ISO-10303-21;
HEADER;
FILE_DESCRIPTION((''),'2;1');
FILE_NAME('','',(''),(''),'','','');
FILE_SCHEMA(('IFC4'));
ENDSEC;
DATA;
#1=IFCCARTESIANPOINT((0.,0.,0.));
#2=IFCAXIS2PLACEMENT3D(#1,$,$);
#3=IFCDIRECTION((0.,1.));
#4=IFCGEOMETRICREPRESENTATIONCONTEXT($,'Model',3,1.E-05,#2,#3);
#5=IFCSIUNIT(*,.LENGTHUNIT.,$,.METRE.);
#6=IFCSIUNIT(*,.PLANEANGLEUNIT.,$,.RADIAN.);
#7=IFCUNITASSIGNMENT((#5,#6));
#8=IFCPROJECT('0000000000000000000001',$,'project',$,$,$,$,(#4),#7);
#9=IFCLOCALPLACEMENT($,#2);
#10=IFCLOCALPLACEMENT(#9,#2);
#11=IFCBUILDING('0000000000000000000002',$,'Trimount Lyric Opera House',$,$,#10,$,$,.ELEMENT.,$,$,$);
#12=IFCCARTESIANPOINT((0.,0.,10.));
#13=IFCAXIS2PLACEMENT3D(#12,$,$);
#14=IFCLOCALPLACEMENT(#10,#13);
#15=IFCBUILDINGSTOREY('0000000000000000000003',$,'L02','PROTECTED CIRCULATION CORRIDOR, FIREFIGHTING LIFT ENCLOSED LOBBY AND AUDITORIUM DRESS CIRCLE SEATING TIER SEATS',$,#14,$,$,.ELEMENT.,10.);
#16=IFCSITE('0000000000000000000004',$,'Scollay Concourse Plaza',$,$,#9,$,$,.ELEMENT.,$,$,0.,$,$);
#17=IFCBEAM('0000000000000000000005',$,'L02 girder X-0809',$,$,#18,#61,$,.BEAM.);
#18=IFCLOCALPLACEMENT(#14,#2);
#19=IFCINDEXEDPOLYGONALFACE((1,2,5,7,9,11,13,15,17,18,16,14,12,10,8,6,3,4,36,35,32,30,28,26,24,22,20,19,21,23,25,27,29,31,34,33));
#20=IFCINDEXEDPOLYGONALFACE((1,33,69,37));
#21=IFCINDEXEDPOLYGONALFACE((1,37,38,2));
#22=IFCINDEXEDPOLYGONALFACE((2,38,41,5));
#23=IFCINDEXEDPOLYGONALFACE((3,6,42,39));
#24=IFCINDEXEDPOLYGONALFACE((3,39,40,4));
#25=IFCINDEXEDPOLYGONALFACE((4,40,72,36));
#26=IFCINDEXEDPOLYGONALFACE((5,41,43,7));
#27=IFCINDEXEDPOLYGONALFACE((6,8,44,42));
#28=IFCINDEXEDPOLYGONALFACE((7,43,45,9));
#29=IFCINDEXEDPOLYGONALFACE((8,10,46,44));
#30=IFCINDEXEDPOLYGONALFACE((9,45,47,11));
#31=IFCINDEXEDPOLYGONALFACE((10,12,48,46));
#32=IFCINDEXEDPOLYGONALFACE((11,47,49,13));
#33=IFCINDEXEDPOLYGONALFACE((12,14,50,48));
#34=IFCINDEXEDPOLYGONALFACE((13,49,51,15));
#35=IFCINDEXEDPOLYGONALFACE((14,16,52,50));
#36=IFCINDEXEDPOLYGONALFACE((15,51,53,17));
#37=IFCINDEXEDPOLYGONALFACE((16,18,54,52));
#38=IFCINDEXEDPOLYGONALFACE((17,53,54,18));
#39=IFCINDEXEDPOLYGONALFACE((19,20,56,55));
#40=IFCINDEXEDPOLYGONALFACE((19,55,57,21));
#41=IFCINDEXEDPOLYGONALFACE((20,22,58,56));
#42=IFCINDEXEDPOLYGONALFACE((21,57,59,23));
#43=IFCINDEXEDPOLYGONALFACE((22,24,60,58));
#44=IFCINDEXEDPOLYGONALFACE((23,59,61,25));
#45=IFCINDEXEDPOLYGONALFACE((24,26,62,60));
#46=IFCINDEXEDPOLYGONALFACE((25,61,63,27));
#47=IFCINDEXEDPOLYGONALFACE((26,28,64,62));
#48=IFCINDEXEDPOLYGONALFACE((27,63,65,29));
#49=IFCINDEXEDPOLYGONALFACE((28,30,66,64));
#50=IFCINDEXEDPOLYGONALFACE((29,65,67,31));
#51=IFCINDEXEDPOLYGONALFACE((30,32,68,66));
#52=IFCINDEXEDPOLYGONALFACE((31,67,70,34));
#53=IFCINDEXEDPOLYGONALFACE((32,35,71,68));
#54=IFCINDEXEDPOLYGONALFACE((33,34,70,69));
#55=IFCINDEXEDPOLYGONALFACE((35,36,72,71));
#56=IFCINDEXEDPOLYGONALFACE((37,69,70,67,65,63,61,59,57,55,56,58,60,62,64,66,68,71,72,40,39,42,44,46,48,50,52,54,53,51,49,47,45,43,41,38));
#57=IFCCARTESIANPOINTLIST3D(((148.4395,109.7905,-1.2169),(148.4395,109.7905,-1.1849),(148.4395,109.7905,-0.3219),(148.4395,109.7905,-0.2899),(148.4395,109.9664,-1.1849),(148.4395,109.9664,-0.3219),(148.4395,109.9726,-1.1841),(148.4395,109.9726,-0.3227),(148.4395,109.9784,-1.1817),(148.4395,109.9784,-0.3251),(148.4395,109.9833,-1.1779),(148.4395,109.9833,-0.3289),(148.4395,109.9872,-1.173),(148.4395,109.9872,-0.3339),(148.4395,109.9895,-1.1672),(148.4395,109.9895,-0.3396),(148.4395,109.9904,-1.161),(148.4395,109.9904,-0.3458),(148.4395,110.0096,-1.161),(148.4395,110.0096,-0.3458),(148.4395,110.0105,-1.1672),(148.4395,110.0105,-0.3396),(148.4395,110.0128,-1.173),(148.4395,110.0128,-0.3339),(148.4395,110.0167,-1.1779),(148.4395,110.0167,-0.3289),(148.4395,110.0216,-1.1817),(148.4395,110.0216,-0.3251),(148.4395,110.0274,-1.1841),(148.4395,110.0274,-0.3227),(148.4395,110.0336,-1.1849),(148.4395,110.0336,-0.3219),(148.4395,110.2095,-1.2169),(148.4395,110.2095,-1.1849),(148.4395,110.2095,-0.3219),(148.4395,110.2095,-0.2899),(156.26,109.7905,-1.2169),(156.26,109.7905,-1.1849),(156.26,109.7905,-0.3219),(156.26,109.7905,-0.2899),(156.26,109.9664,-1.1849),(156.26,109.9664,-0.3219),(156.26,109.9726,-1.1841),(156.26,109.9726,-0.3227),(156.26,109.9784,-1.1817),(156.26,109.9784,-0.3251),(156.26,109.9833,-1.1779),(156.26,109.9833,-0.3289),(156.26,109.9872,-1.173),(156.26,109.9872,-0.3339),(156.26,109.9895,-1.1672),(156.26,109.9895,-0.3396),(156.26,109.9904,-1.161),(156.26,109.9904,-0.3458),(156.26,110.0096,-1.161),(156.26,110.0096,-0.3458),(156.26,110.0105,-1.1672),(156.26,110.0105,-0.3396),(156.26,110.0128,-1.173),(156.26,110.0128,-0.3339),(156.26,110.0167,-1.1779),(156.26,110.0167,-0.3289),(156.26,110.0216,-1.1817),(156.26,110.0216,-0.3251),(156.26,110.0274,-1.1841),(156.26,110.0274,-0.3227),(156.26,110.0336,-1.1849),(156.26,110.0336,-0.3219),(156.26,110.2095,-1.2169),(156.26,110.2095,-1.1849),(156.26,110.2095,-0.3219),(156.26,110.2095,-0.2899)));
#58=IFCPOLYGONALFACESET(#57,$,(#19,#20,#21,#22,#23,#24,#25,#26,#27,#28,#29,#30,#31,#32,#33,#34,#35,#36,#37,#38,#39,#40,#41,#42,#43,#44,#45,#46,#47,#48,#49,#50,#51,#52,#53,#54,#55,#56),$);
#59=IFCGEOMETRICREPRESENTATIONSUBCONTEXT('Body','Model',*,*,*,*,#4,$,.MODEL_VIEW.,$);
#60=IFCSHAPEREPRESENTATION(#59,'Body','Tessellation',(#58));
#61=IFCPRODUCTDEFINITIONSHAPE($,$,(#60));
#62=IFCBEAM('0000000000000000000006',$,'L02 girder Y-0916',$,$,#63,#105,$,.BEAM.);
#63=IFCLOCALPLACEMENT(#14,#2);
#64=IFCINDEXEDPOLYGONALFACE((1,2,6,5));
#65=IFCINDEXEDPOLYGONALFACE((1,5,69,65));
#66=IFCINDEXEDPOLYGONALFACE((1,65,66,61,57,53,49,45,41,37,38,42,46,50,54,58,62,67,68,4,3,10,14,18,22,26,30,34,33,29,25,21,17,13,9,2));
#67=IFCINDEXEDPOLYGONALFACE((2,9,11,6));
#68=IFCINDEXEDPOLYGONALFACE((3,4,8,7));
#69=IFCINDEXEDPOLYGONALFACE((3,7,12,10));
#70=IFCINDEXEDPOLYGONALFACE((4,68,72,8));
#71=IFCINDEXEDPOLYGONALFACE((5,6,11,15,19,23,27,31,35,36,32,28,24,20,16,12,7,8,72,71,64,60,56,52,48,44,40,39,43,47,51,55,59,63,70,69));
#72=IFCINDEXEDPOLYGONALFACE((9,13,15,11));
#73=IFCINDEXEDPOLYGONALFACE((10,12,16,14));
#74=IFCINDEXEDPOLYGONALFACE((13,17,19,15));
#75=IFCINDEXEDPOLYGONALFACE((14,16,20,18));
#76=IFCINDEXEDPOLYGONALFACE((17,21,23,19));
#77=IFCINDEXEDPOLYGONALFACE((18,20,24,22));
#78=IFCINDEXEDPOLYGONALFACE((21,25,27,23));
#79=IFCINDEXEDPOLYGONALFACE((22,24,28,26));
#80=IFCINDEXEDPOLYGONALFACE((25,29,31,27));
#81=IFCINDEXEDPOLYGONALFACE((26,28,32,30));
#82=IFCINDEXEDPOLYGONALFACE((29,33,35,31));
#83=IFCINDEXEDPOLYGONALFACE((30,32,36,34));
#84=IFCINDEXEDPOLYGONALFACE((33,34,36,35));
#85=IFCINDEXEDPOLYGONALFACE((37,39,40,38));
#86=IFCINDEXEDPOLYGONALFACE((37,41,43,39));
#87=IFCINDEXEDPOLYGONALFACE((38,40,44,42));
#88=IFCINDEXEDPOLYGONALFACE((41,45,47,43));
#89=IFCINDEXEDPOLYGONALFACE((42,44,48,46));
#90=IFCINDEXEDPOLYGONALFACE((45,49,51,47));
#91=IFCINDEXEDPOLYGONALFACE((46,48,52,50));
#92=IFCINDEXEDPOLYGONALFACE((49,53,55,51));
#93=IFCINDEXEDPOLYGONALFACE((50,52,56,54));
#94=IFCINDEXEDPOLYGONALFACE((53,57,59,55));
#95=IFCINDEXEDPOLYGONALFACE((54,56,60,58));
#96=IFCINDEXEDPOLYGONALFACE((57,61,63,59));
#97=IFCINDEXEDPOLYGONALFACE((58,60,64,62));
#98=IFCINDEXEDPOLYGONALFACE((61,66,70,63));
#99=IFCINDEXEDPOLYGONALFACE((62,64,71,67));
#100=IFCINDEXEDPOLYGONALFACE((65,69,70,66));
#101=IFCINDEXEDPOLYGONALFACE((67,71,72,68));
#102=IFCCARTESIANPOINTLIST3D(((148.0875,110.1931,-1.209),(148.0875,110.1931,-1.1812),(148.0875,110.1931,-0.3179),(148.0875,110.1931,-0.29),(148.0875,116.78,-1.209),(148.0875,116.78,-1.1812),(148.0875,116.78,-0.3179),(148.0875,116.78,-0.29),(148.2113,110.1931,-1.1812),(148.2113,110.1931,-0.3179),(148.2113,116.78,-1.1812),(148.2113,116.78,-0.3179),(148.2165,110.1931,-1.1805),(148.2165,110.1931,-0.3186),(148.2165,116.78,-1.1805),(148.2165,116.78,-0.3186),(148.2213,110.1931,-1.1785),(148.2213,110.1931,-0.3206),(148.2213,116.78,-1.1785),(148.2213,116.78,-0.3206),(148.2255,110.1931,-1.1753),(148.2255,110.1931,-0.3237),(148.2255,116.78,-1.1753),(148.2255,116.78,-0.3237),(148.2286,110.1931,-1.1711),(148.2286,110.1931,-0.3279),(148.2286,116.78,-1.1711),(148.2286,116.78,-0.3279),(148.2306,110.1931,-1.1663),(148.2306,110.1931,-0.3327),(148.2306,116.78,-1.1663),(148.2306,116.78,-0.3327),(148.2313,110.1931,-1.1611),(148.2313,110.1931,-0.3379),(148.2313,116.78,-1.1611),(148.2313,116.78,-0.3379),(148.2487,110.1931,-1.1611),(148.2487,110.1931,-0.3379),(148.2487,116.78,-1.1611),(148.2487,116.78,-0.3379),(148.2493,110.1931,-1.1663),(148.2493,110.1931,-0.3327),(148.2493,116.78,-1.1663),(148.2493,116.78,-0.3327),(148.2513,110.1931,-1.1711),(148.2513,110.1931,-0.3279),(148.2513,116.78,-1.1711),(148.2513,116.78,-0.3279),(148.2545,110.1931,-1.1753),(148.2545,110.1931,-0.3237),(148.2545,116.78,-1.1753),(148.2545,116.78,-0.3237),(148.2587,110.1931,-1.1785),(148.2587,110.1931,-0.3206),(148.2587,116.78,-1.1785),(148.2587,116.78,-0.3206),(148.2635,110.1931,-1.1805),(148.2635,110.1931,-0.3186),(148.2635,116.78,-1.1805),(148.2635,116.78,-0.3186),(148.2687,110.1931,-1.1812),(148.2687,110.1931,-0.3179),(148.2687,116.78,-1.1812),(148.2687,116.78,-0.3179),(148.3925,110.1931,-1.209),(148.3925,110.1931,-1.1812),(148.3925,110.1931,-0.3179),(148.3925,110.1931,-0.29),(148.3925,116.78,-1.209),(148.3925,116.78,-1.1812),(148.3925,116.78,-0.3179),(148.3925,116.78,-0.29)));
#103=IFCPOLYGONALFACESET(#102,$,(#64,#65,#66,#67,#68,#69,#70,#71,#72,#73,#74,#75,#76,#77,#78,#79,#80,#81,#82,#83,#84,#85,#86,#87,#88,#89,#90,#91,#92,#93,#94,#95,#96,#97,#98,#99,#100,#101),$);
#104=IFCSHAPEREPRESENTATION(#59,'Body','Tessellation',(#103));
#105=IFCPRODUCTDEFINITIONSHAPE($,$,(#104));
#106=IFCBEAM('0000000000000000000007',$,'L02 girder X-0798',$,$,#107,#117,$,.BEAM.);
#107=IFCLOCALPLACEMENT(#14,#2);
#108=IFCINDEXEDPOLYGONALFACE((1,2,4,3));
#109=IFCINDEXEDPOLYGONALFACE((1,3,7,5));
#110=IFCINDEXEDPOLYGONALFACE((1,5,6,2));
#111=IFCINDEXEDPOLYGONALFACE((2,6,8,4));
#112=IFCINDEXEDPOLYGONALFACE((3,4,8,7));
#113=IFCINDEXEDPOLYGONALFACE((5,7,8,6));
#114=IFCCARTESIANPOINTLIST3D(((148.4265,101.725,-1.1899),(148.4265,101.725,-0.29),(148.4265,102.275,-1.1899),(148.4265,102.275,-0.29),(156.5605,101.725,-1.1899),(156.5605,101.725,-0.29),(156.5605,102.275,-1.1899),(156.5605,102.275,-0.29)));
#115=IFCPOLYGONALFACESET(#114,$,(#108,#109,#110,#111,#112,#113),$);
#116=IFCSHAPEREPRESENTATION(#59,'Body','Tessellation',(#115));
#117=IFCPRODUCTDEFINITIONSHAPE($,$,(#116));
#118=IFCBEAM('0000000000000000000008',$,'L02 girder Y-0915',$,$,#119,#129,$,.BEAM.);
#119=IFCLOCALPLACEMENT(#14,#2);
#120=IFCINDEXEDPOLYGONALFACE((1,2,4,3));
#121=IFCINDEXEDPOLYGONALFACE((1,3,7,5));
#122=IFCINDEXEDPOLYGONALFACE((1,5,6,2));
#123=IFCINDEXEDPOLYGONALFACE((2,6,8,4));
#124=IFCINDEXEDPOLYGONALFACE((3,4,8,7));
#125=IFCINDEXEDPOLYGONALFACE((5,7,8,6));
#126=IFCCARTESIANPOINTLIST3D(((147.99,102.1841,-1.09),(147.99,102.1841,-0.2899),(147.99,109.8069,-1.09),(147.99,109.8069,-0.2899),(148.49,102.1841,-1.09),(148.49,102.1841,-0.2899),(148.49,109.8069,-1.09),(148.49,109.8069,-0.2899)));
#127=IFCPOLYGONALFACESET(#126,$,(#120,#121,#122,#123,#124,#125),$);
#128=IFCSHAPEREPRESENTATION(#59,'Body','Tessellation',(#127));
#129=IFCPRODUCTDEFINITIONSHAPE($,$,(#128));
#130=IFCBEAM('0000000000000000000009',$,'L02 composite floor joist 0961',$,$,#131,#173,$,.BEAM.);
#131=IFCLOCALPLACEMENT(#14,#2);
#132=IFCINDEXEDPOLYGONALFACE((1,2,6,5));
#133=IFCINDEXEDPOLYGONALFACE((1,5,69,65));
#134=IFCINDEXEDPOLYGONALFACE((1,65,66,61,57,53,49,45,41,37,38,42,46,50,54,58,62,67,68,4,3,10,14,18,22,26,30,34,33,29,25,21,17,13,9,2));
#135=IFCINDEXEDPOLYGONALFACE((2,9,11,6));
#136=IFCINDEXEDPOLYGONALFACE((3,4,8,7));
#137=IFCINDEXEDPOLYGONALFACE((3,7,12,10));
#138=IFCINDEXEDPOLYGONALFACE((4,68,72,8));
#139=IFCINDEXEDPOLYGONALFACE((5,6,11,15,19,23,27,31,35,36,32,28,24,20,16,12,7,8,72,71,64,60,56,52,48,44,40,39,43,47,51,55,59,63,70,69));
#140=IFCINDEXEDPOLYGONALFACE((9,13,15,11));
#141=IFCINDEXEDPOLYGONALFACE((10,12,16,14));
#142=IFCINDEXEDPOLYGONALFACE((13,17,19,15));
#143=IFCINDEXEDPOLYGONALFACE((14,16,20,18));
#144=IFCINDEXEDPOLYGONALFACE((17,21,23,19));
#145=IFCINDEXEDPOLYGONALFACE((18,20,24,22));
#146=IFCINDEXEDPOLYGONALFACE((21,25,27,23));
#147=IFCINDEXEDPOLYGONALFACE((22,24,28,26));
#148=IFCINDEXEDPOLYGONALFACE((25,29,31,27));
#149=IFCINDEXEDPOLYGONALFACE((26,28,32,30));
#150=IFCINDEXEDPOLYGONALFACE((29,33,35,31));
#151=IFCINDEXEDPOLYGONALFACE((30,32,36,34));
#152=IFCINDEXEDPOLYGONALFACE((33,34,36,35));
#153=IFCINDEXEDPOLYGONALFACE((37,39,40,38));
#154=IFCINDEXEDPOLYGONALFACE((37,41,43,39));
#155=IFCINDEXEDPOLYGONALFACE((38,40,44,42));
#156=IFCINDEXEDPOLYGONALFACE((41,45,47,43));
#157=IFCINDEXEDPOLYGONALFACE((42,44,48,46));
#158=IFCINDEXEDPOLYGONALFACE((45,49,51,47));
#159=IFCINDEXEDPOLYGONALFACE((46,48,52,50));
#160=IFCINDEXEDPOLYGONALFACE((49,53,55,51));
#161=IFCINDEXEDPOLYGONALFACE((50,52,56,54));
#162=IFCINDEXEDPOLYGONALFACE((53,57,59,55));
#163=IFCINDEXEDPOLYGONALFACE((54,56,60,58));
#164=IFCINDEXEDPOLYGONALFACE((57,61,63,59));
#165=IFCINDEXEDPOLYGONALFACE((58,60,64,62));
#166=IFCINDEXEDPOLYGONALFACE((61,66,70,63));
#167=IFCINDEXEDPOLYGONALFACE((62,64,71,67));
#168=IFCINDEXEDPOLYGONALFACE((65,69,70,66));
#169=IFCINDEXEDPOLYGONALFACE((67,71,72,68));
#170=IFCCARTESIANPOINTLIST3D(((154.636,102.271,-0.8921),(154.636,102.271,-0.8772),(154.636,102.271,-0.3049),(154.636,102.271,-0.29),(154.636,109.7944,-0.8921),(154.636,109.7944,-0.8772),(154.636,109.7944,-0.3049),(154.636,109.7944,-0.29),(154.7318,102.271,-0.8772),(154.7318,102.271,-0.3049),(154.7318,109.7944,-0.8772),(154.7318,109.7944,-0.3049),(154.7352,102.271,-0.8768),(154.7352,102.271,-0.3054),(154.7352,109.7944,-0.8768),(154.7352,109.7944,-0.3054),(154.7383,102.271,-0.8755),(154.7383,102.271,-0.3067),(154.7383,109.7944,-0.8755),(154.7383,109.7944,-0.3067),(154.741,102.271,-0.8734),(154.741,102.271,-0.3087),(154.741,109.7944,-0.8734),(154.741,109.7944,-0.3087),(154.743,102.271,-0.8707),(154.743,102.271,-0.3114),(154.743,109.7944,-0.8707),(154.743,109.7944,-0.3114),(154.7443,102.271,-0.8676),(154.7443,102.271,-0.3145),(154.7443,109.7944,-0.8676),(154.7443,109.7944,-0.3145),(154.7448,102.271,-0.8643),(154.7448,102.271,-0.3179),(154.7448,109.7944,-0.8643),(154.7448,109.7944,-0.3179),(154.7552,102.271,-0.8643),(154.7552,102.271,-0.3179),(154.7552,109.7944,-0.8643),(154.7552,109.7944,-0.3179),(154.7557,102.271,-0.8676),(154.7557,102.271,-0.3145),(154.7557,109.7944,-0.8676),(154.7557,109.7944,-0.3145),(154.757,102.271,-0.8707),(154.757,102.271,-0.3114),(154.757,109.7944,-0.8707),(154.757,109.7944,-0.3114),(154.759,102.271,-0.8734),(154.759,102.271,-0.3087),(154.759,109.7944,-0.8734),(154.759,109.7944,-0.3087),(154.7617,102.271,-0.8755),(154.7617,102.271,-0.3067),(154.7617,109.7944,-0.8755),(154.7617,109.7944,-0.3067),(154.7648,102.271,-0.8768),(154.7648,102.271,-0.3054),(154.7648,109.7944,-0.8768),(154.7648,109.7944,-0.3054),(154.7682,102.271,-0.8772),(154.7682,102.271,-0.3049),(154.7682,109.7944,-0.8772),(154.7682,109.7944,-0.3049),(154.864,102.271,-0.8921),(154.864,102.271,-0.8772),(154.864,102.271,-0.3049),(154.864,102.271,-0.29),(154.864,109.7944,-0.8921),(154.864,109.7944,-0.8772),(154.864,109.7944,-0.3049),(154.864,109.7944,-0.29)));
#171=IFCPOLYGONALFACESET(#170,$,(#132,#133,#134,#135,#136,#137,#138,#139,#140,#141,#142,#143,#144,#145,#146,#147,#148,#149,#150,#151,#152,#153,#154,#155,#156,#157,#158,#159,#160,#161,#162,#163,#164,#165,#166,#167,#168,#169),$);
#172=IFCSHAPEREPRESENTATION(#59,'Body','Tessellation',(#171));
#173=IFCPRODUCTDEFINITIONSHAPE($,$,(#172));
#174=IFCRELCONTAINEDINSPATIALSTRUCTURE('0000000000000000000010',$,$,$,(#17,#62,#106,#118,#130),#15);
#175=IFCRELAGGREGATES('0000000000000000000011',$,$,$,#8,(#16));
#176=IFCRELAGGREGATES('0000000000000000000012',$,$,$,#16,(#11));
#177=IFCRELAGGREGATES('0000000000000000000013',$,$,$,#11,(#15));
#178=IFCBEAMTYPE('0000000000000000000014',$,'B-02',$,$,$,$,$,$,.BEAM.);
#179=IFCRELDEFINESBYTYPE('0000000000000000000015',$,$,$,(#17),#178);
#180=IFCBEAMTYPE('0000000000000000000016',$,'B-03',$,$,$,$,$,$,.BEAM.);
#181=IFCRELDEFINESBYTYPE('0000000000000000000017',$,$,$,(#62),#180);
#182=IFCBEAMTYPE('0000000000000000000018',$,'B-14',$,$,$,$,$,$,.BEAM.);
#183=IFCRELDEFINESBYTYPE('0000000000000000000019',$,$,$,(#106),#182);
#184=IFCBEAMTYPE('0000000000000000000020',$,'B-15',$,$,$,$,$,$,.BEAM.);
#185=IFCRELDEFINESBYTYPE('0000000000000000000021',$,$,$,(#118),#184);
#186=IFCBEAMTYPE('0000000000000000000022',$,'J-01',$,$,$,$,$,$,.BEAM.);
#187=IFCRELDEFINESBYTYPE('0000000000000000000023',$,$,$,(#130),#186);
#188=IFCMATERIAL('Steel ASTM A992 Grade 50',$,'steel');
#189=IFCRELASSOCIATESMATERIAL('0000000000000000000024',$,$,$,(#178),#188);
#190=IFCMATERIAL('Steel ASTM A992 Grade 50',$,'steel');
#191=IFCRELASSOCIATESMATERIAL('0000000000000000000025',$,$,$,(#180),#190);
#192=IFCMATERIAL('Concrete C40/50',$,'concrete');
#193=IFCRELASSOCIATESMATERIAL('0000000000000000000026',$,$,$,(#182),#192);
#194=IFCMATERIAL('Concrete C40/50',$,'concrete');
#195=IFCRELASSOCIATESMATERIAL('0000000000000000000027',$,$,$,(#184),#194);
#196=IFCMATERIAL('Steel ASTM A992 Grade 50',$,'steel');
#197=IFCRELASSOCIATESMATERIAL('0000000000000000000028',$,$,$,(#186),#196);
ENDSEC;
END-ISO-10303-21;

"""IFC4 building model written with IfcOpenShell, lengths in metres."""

from ifc_helpers import new_model, si_unit, direction, frame, origin, origin_2d, place, context, subcontext, project, spatial, rectangle, i_section, extrude, material, material_profile, profile_set, type_object, element, save


model = new_model("IFC4")

# Units and contexts
model_context = context("Model", 3, precision=1e-05, world=origin(), true_north=direction((0.0, 1.0)))
body_context = subcontext(model_context, "Body", "Model", "MODEL_VIEW")
ifc_project = project(units=[si_unit("LENGTHUNIT", "METRE"), si_unit("PLANEANGLEUNIT", "RADIAN")], contexts=[model_context])

# Site, building, storey
site_placement = place(None, origin())
site = spatial("IfcSite", under=ifc_project, at=site_placement, Name="Scollay Concourse Plaza", CompositionType="ELEMENT", RefElevation=0.0)
building_placement = place(site_placement, origin())
building = spatial("IfcBuilding", under=site, at=building_placement, Name="Trimount Lyric Opera House", CompositionType="ELEMENT")
storey_placement = place(building_placement, frame((0.0, 0.0, 10.0)))
storey = spatial("IfcBuildingStorey", under=building, at=storey_placement, Name="L02", Description="PROTECTED CIRCULATION CORRIDOR, FIREFIGHTING LIFT ENCLOSED LOBBY AND AUDITORIUM DRESS CIRCLE SEATING TIER SEATS", CompositionType="ELEMENT", Elevation=10.0)

# Beams
ifc_material_1 = material(Name="Steel ASTM A992 Grade 50", Category="steel")
ifc_material_profile_1 = material_profile(ifc_material_1, i_section(OverallWidth=0.4189, OverallDepth=0.927, WebThickness=0.0193, FlangeThickness=0.032, FilletRadius=0.0239, at=origin_2d()), Name="W36X231")
ifc_profile_set_1 = profile_set([ifc_material_profile_1], Name="Steel ASTM A992 Grade 50")
beam_type_1 = type_object("IfcBeamType", Name="B-02", PredefinedType="BEAM", material=ifc_profile_set_1)
beam_1_placement = place(storey_placement, frame((148.4395, 110.0, -0.7534), z_axis=(1.0, 0.0, 0.0), x_axis=(0.0, 1.0, 0.0)))
element("IfcBeam", 1, at=beam_1_placement, inside=storey, type_object=beam_type_1, Name="L02 girder X-0809", PredefinedType="BEAM", context=body_context, shape_type="SweptSolid", body=[
    extrude(i_section(OverallWidth=0.4189, OverallDepth=0.927, WebThickness=0.0193, FlangeThickness=0.032, FilletRadius=0.0239, at=origin_2d()), origin(), (0.0, 0.0, 1.0), 7.8206),
])
ifc_material_2 = material(Name="Steel ASTM A992 Grade 50", Category="steel")
ifc_material_profile_2 = material_profile(ifc_material_2, i_section(OverallWidth=0.3049, OverallDepth=0.9189, WebThickness=0.0173, FlangeThickness=0.0278, FilletRadius=0.02, at=origin_2d()), Name="W36X170")
ifc_profile_set_2 = profile_set([ifc_material_profile_2], Name="Steel ASTM A992 Grade 50")
beam_type_2 = type_object("IfcBeamType", Name="B-03", PredefinedType="BEAM", material=ifc_profile_set_2)
beam_2_placement = place(storey_placement, frame((148.24, 110.1931, -0.7495), z_axis=(0.0, 1.0, 0.0), x_axis=(-1.0, 0.0, 0.0)))
element("IfcBeam", 2, at=beam_2_placement, inside=storey, type_object=beam_type_2, Name="L02 girder Y-0916", PredefinedType="BEAM", context=body_context, shape_type="SweptSolid", body=[
    extrude(i_section(OverallWidth=0.3049, OverallDepth=0.9189, WebThickness=0.0173, FlangeThickness=0.0278, FilletRadius=0.02, at=origin_2d()), origin(), (0.0, 0.0, 1.0), 6.5869),
])
ifc_material_3 = material(Name="Concrete C40/50", Category="concrete")
ifc_material_profile_3 = material_profile(ifc_material_3, rectangle(XDim=0.55, YDim=0.8999, at=origin_2d()), Name="RC550X900")
ifc_profile_set_3 = profile_set([ifc_material_profile_3], Name="Concrete C40/50")
beam_type_3 = type_object("IfcBeamType", Name="B-14", PredefinedType="BEAM", material=ifc_profile_set_3)
beam_3_placement = place(storey_placement, frame((148.4265, 102.0, -0.74), z_axis=(1.0, 0.0, 0.0), x_axis=(0.0, 1.0, 0.0)))
element("IfcBeam", 3, at=beam_3_placement, inside=storey, type_object=beam_type_3, Name="L02 girder X-0798", PredefinedType="BEAM", context=body_context, shape_type="SweptSolid", body=[
    extrude(rectangle(XDim=0.55, YDim=0.8999, at=origin_2d()), origin(), (0.0, 0.0, 1.0), 8.134),
])
ifc_material_4 = material(Name="Concrete C40/50", Category="concrete")
ifc_material_profile_4 = material_profile(ifc_material_4, rectangle(XDim=0.5, YDim=0.8, at=origin_2d()), Name="RC500X800")
ifc_profile_set_4 = profile_set([ifc_material_profile_4], Name="Concrete C40/50")
beam_type_4 = type_object("IfcBeamType", Name="B-15", PredefinedType="BEAM", material=ifc_profile_set_4)
beam_4_placement = place(storey_placement, frame((148.24, 102.1841, -0.6899), z_axis=(0.0, 1.0, 0.0), x_axis=(-1.0, 0.0, 0.0)))
element("IfcBeam", 4, at=beam_4_placement, inside=storey, type_object=beam_type_4, Name="L02 girder Y-0915", PredefinedType="BEAM", context=body_context, shape_type="SweptSolid", body=[
    extrude(rectangle(XDim=0.5, YDim=0.8, at=origin_2d()), origin(), (0.0, 0.0, 1.0), 7.6228),
])
ifc_material_5 = material(Name="Steel ASTM A992 Grade 50", Category="steel")
ifc_material_profile_5 = material_profile(ifc_material_5, i_section(OverallWidth=0.228, OverallDepth=0.6021, WebThickness=0.0105, FlangeThickness=0.0149, FilletRadius=0.0129, at=origin_2d()), Name="W24X68")
ifc_profile_set_5 = profile_set([ifc_material_profile_5], Name="Steel ASTM A992 Grade 50")
beam_type_5 = type_object("IfcBeamType", Name="J-01", PredefinedType="BEAM", material=ifc_profile_set_5)
beam_5_placement = place(storey_placement, frame((154.75, 102.271, -0.5911), z_axis=(0.0, 1.0, 0.0), x_axis=(-1.0, 0.0, 0.0)))
element("IfcBeam", 5, at=beam_5_placement, inside=storey, type_object=beam_type_5, Name="L02 composite floor joist 0961", PredefinedType="BEAM", context=body_context, shape_type="SweptSolid", body=[
    extrude(i_section(OverallWidth=0.228, OverallDepth=0.6021, WebThickness=0.0105, FlangeThickness=0.0149, FilletRadius=0.0129, at=origin_2d()), origin(), (0.0, 0.0, 1.0), 7.5234),
])

save(model, "model.ifc")
